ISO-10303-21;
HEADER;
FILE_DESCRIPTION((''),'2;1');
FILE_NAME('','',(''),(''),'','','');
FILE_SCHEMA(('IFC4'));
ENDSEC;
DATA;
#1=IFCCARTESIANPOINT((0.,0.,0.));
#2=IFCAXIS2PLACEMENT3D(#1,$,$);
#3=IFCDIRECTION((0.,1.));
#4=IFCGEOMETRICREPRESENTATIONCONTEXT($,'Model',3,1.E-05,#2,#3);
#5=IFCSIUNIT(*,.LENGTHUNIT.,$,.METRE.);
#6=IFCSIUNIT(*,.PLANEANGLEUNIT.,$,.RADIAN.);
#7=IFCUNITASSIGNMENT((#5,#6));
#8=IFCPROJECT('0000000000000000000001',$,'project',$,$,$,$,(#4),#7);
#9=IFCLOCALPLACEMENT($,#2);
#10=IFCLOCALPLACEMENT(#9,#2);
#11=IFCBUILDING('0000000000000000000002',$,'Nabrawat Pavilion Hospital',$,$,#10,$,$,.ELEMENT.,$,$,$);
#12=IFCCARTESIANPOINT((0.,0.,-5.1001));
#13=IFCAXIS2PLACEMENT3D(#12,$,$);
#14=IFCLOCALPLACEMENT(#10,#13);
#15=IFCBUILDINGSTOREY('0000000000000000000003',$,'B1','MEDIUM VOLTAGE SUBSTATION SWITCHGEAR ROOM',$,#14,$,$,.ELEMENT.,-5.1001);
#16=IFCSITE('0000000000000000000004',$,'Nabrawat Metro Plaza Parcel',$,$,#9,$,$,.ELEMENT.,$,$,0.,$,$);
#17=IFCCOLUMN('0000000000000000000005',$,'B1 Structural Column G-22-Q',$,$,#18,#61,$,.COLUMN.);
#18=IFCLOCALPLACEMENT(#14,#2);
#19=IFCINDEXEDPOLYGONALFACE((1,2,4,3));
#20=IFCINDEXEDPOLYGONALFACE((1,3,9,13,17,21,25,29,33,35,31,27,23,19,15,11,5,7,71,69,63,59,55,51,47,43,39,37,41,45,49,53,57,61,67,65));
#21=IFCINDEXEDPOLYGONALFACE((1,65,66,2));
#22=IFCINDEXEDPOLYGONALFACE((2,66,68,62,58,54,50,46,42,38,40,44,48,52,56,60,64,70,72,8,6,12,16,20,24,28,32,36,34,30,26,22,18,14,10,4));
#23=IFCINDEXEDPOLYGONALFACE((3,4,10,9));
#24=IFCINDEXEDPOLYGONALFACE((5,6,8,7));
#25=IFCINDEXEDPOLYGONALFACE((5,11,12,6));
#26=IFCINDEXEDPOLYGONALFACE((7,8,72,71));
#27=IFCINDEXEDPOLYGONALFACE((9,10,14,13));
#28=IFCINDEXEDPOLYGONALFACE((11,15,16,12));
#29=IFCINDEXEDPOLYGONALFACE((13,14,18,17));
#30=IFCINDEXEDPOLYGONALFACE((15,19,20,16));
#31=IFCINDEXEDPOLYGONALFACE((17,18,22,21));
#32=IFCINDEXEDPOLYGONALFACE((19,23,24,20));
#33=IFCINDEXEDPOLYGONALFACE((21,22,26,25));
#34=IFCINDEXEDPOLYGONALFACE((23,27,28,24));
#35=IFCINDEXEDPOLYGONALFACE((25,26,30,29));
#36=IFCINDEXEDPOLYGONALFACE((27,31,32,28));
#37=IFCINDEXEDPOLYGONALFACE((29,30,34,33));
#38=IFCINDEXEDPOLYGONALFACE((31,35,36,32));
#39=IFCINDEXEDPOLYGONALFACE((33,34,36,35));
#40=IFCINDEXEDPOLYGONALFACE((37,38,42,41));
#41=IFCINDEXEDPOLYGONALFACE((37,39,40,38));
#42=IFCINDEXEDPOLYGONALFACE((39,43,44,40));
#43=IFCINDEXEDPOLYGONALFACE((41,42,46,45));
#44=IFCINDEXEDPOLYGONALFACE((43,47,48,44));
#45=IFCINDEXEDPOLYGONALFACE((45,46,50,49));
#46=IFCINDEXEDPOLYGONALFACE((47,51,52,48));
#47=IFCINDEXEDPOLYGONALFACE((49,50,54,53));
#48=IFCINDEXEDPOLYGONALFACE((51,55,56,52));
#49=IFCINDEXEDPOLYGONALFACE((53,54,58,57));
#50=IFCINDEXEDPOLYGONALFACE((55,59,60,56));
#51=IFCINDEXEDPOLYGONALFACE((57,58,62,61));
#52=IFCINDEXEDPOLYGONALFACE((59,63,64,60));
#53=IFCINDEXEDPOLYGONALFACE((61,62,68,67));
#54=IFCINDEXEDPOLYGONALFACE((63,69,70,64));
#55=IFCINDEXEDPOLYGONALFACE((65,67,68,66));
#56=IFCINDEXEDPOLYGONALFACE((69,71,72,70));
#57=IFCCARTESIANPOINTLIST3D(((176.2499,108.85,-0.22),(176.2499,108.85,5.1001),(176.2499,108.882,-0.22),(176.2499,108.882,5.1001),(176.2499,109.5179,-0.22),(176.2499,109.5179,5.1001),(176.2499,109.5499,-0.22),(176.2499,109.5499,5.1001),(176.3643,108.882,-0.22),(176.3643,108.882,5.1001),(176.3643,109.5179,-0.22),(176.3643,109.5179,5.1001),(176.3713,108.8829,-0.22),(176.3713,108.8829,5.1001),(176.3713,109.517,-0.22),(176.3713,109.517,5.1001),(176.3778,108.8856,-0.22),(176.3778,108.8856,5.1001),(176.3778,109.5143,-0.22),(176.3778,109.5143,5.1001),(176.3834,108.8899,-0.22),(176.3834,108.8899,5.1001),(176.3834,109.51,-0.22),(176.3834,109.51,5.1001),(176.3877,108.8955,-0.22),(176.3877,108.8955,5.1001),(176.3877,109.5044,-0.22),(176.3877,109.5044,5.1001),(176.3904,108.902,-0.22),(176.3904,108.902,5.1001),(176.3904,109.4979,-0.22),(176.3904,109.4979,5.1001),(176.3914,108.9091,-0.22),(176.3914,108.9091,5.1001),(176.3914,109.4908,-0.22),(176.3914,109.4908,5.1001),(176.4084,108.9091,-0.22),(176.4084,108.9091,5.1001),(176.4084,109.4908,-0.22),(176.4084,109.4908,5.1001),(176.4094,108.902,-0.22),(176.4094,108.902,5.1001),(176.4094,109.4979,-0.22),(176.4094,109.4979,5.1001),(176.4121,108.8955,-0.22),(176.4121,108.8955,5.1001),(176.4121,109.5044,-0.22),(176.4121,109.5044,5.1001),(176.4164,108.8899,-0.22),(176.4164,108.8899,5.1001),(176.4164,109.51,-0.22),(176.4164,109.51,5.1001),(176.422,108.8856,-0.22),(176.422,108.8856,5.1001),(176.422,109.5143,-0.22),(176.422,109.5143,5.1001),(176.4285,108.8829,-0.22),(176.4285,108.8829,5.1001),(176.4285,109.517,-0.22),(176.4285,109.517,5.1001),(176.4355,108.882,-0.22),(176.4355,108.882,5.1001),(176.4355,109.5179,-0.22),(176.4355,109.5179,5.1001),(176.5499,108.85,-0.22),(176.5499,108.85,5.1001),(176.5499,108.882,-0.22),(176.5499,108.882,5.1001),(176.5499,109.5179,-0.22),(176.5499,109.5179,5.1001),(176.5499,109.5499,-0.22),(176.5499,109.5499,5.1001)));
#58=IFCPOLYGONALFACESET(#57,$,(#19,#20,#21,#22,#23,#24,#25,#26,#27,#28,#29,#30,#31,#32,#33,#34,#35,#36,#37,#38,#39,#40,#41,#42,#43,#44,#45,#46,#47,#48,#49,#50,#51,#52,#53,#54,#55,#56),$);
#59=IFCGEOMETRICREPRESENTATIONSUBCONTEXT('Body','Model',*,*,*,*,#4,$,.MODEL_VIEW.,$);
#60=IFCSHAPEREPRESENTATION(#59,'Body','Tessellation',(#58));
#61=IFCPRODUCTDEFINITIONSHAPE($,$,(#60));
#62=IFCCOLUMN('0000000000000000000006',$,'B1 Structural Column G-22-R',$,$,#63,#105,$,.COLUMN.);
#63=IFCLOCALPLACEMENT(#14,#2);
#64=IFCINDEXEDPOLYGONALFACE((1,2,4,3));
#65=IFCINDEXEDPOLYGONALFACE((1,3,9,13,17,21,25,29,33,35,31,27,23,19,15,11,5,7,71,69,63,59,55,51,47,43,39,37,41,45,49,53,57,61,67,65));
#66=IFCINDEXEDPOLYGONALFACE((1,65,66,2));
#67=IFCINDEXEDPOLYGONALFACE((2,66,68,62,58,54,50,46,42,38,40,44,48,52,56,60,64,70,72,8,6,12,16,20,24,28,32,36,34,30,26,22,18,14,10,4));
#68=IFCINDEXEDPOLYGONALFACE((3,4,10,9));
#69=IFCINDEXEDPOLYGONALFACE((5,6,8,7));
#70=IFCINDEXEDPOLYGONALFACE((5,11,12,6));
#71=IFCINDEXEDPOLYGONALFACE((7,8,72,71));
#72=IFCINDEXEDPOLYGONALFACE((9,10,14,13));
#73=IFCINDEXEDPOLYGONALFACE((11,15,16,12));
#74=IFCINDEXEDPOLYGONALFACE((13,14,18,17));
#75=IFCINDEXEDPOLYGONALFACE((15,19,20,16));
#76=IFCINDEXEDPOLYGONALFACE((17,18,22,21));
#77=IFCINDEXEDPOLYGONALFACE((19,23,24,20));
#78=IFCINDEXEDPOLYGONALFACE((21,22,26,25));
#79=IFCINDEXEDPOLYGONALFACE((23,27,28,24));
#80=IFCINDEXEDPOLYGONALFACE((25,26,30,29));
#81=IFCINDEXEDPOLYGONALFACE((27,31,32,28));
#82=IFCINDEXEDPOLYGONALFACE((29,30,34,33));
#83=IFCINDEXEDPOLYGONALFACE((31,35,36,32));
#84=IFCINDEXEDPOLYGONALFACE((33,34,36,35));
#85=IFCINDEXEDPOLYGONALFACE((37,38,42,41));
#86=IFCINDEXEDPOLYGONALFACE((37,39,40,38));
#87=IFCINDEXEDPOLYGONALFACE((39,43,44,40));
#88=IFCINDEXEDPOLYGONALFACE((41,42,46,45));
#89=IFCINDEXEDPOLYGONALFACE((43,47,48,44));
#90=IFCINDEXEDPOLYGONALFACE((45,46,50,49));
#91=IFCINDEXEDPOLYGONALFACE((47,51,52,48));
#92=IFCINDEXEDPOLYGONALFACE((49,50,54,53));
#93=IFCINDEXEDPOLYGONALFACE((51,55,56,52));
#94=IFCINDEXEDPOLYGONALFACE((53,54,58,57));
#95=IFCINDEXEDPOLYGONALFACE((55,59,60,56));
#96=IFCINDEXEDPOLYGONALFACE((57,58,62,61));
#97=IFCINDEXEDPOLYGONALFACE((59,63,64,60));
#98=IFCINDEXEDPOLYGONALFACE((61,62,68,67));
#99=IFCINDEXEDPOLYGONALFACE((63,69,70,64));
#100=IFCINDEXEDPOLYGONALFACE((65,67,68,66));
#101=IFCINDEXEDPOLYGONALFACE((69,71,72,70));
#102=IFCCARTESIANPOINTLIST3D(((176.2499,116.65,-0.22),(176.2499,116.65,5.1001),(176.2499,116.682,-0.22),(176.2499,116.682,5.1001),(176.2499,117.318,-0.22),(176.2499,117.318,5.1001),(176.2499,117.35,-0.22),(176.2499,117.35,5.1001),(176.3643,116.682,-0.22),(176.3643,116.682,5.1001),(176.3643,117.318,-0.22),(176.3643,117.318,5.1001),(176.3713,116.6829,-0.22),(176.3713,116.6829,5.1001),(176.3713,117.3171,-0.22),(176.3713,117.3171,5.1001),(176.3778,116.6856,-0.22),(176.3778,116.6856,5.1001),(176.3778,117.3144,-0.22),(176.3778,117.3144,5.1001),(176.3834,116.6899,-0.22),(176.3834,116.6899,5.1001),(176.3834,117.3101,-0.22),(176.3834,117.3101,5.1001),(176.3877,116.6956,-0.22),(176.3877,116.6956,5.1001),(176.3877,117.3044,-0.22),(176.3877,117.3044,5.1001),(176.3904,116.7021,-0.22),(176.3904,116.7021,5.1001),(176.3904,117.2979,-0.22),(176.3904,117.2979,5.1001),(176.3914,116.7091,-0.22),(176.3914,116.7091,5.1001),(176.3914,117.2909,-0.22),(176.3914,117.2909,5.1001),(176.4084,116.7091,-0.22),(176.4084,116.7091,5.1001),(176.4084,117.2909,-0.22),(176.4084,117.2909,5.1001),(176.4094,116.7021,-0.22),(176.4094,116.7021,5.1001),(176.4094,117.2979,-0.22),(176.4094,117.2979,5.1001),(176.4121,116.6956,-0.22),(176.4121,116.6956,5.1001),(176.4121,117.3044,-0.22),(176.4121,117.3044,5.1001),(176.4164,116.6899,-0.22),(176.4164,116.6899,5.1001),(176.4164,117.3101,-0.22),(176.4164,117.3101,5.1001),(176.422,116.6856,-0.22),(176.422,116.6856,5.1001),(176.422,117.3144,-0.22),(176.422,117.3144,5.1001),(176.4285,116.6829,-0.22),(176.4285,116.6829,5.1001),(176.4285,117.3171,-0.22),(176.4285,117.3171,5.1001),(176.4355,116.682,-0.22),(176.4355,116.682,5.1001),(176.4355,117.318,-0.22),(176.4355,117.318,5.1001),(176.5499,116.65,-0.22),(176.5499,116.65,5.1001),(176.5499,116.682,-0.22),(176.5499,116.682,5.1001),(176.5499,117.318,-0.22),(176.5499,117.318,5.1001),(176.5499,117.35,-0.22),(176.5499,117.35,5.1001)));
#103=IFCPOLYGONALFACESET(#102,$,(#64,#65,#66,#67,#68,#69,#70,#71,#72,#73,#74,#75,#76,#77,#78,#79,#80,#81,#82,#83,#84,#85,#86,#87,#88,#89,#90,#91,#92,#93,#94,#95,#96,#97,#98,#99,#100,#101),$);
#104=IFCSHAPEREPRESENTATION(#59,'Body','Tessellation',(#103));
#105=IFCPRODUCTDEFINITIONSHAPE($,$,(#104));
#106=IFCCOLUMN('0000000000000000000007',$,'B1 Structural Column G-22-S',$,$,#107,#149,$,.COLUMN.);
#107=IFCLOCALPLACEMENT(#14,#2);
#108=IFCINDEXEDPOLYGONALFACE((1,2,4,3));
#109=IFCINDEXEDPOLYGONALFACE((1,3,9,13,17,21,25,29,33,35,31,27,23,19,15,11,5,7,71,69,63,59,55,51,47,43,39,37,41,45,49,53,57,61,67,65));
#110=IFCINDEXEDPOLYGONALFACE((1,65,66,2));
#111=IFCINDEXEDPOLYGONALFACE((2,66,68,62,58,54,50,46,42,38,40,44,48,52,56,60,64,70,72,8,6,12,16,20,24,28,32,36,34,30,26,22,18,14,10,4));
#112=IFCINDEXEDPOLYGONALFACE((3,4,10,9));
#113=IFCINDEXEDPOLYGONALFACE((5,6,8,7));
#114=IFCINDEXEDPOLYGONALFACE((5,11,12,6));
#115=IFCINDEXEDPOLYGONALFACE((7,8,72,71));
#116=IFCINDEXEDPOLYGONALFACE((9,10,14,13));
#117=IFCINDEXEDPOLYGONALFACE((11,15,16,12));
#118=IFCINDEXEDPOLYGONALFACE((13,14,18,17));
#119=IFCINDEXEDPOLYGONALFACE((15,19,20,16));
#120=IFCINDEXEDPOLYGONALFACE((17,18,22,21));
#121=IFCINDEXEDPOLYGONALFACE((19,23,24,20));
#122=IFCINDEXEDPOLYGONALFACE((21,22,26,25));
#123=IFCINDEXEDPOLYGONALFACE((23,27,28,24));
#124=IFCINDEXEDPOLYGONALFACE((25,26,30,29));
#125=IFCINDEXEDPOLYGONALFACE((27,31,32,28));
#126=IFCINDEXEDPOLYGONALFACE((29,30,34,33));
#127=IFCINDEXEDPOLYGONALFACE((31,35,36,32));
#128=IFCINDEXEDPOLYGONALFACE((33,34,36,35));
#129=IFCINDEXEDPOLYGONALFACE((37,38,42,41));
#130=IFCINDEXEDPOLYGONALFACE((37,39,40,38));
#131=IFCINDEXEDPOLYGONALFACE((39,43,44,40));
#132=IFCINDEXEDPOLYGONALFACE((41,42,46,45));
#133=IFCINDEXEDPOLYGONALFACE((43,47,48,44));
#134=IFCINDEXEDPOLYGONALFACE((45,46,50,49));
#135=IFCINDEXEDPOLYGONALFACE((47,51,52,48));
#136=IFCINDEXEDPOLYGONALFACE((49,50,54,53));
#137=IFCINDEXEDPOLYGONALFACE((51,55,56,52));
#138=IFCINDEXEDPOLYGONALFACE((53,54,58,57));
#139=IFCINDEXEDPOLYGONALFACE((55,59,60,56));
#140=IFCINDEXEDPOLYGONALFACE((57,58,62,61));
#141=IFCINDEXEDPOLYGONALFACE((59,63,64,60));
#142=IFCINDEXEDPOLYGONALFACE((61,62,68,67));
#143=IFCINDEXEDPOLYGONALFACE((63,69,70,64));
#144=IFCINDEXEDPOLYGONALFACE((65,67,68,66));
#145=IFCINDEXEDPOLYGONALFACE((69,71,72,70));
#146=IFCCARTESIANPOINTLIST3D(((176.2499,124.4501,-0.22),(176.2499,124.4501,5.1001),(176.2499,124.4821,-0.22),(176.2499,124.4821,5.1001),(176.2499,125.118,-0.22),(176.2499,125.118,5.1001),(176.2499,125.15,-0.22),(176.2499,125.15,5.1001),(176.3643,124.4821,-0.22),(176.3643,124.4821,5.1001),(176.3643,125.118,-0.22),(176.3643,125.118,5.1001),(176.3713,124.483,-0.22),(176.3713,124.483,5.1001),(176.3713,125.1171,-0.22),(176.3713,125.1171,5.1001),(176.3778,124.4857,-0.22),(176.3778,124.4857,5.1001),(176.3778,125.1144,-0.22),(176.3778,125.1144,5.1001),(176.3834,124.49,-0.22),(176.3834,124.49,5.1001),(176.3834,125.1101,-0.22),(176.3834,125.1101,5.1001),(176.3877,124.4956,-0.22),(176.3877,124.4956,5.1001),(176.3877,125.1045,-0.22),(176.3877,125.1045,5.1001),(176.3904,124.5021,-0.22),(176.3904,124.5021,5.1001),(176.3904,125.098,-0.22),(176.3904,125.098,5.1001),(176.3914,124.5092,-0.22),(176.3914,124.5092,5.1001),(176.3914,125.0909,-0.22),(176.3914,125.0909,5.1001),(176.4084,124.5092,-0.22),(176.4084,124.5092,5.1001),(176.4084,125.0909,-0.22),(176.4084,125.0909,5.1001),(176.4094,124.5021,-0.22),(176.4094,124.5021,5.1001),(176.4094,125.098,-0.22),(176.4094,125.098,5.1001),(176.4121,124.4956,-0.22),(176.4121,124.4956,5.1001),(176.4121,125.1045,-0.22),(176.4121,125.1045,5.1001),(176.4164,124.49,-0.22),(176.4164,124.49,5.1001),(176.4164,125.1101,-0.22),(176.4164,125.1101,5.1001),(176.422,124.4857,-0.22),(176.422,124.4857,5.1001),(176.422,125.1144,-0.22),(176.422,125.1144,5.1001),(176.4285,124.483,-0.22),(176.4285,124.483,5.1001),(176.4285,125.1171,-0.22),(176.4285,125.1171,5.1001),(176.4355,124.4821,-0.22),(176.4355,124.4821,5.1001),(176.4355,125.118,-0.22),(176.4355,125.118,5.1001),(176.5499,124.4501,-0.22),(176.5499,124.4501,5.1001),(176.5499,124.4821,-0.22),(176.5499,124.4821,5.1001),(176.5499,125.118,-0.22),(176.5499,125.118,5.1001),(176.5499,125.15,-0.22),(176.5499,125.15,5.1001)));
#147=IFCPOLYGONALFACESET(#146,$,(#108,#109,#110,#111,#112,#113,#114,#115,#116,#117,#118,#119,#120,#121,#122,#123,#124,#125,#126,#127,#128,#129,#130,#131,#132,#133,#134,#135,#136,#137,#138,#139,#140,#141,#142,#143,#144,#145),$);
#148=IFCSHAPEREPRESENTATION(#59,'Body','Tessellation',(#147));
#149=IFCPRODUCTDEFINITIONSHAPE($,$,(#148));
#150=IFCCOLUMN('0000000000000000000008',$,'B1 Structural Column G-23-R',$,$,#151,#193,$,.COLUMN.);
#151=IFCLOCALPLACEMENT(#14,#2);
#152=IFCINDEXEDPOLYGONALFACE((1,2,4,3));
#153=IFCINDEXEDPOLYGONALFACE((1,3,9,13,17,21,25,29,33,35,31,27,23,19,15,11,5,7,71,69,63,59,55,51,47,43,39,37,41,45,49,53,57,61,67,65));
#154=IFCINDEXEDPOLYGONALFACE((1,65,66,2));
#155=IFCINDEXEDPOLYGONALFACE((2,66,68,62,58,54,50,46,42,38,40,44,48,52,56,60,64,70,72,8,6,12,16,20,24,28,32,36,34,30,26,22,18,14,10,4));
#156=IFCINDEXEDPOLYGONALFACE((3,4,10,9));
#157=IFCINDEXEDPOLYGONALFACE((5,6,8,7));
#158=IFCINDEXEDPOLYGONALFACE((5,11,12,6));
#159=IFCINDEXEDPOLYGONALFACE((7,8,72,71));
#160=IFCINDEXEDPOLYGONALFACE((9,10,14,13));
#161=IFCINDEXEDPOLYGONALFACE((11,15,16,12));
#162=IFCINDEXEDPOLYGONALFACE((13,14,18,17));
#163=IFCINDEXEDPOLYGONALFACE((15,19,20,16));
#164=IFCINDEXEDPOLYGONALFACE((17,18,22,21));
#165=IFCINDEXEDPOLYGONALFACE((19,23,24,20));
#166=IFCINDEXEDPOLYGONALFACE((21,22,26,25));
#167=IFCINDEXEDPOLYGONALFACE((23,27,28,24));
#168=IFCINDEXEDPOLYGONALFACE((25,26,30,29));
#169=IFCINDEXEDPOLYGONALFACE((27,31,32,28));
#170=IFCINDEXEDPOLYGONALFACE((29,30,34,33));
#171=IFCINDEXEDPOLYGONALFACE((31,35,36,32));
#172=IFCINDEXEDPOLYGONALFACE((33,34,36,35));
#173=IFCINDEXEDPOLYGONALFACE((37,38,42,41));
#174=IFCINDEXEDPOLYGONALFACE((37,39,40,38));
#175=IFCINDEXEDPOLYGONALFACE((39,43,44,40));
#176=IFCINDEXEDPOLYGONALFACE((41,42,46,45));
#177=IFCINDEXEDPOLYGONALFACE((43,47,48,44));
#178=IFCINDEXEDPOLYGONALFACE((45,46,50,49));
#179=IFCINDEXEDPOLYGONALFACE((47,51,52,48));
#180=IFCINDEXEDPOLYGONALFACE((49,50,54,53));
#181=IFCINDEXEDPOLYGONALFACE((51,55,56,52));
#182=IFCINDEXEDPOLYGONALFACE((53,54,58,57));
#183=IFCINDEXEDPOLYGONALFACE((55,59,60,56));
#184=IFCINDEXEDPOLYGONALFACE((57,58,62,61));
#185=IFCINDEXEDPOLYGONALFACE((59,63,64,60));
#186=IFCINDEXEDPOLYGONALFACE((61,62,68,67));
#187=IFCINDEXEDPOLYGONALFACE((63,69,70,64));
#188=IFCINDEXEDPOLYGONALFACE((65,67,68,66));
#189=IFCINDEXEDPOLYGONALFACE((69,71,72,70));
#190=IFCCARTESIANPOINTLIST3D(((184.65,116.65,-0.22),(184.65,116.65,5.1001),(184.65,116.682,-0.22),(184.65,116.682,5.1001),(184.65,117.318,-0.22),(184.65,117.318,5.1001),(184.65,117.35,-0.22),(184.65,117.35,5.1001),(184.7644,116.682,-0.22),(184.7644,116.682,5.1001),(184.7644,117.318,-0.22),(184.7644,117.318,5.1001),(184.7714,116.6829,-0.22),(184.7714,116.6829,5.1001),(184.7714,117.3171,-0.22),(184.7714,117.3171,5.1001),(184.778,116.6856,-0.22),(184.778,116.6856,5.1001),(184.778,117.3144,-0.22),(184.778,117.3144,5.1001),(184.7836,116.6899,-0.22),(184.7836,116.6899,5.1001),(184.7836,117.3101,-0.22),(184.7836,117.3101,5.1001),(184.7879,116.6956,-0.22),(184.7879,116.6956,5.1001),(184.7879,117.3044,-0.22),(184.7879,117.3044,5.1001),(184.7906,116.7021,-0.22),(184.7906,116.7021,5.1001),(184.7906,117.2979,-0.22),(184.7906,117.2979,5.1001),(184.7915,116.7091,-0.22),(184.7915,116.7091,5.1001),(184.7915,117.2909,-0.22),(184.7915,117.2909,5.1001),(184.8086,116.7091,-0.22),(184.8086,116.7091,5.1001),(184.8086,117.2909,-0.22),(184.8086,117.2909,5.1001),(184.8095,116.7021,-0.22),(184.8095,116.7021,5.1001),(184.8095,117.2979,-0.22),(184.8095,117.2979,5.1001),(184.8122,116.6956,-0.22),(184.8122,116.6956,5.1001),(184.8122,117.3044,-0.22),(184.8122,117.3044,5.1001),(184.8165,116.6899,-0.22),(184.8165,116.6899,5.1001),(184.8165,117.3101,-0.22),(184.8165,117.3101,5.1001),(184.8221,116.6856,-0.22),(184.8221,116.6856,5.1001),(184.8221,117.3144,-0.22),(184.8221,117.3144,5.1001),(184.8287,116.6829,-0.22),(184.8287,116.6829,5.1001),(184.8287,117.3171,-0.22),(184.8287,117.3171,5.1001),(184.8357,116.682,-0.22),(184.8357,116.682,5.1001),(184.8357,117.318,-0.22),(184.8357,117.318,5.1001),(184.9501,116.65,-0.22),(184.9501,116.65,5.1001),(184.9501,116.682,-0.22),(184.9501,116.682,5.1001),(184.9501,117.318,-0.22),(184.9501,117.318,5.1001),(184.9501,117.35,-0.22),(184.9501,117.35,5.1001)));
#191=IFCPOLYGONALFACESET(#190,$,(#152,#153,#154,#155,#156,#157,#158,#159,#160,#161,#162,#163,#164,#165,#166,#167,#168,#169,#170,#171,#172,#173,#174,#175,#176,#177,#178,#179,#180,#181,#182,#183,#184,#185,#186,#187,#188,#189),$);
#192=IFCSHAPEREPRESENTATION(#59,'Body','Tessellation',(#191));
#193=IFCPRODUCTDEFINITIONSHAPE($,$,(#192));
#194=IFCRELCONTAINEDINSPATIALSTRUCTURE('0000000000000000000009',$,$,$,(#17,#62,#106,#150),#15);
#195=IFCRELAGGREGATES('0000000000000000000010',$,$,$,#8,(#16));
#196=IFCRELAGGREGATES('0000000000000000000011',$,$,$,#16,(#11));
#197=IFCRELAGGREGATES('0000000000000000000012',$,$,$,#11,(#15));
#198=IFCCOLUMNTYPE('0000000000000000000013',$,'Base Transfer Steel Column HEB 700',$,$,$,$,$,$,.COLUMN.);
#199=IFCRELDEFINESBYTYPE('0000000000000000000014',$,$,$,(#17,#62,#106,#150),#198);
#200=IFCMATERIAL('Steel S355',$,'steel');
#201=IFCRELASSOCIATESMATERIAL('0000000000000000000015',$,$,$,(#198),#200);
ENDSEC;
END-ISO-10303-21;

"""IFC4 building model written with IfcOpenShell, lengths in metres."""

from ifc_helpers import new_model, si_unit, direction, frame, origin, origin_2d, place, context, subcontext, project, spatial, i_section, extrude, material, material_profile, profile_set, type_object, element, save


model = new_model("IFC4")

# Units and contexts
model_context = context("Model", 3, precision=1e-05, world=origin(), true_north=direction((0.0, 1.0)))
body_context = subcontext(model_context, "Body", "Model", "MODEL_VIEW")
ifc_project = project(units=[si_unit("LENGTHUNIT", "METRE"), si_unit("PLANEANGLEUNIT", "RADIAN")], contexts=[model_context])

# Site, building, storey
site_placement = place(None, origin())
site = spatial("IfcSite", under=ifc_project, at=site_placement, Name="Nabrawat Metro Plaza Parcel", CompositionType="ELEMENT", RefElevation=0.0)
building_placement = place(site_placement, origin())
building = spatial("IfcBuilding", under=site, at=building_placement, Name="Nabrawat Pavilion Hospital", CompositionType="ELEMENT")
storey_placement = place(building_placement, frame((0.0, 0.0, -5.1001)))
storey = spatial("IfcBuildingStorey", under=building, at=storey_placement, Name="B1", Description="MEDIUM VOLTAGE SUBSTATION SWITCHGEAR ROOM", CompositionType="ELEMENT", Elevation=-5.1001)

# Columns
ifc_material_1 = material(Name="Steel S355", Category="steel")
ifc_material_profile_1 = material_profile(ifc_material_1, i_section(OverallWidth=0.3, OverallDepth=0.7, WebThickness=0.0171, FlangeThickness=0.032, FilletRadius=0.0271, at=origin_2d()), Name="HEB 700")
ifc_profile_set_1 = profile_set([ifc_material_profile_1], Name="Steel S355")
column_type = type_object("IfcColumnType", Name="Base Transfer Steel Column HEB 700", PredefinedType="COLUMN", material=ifc_profile_set_1)
for number, where, z_axis, x_axis, name in (
    (1, (176.3999, 109.2, -0.22), (0.0, 0.0, 1.0), (1.0, 0.0, 0.0), "B1 Structural Column G-22-Q"),
    (2, (176.3999, 117.0, -0.22), (0.0, 0.0, 1.0), (1.0, 0.0, 0.0), "B1 Structural Column G-22-R"),
    (3, (176.3999, 124.8, -0.22), (0.0, 0.0, 1.0), (1.0, 0.0, 0.0), "B1 Structural Column G-22-S"),
    (4, (184.8, 117.0, -0.22), (0.0, 0.0, 1.0), (1.0, 0.0, 0.0), "B1 Structural Column G-23-R"),
):
    element("IfcColumn", number, at=place(storey_placement, frame(where, z_axis=z_axis, x_axis=x_axis)), inside=storey, type_object=column_type, Name=name, PredefinedType="COLUMN", context=body_context, shape_type="SweptSolid", body=[
        extrude(i_section(OverallWidth=0.3, OverallDepth=0.7, WebThickness=0.0171, FlangeThickness=0.032, FilletRadius=0.0271, at=origin_2d()), origin(), (0.0, 0.0, 1.0), 5.3201),
    ])

save(model, "model.ifc")
